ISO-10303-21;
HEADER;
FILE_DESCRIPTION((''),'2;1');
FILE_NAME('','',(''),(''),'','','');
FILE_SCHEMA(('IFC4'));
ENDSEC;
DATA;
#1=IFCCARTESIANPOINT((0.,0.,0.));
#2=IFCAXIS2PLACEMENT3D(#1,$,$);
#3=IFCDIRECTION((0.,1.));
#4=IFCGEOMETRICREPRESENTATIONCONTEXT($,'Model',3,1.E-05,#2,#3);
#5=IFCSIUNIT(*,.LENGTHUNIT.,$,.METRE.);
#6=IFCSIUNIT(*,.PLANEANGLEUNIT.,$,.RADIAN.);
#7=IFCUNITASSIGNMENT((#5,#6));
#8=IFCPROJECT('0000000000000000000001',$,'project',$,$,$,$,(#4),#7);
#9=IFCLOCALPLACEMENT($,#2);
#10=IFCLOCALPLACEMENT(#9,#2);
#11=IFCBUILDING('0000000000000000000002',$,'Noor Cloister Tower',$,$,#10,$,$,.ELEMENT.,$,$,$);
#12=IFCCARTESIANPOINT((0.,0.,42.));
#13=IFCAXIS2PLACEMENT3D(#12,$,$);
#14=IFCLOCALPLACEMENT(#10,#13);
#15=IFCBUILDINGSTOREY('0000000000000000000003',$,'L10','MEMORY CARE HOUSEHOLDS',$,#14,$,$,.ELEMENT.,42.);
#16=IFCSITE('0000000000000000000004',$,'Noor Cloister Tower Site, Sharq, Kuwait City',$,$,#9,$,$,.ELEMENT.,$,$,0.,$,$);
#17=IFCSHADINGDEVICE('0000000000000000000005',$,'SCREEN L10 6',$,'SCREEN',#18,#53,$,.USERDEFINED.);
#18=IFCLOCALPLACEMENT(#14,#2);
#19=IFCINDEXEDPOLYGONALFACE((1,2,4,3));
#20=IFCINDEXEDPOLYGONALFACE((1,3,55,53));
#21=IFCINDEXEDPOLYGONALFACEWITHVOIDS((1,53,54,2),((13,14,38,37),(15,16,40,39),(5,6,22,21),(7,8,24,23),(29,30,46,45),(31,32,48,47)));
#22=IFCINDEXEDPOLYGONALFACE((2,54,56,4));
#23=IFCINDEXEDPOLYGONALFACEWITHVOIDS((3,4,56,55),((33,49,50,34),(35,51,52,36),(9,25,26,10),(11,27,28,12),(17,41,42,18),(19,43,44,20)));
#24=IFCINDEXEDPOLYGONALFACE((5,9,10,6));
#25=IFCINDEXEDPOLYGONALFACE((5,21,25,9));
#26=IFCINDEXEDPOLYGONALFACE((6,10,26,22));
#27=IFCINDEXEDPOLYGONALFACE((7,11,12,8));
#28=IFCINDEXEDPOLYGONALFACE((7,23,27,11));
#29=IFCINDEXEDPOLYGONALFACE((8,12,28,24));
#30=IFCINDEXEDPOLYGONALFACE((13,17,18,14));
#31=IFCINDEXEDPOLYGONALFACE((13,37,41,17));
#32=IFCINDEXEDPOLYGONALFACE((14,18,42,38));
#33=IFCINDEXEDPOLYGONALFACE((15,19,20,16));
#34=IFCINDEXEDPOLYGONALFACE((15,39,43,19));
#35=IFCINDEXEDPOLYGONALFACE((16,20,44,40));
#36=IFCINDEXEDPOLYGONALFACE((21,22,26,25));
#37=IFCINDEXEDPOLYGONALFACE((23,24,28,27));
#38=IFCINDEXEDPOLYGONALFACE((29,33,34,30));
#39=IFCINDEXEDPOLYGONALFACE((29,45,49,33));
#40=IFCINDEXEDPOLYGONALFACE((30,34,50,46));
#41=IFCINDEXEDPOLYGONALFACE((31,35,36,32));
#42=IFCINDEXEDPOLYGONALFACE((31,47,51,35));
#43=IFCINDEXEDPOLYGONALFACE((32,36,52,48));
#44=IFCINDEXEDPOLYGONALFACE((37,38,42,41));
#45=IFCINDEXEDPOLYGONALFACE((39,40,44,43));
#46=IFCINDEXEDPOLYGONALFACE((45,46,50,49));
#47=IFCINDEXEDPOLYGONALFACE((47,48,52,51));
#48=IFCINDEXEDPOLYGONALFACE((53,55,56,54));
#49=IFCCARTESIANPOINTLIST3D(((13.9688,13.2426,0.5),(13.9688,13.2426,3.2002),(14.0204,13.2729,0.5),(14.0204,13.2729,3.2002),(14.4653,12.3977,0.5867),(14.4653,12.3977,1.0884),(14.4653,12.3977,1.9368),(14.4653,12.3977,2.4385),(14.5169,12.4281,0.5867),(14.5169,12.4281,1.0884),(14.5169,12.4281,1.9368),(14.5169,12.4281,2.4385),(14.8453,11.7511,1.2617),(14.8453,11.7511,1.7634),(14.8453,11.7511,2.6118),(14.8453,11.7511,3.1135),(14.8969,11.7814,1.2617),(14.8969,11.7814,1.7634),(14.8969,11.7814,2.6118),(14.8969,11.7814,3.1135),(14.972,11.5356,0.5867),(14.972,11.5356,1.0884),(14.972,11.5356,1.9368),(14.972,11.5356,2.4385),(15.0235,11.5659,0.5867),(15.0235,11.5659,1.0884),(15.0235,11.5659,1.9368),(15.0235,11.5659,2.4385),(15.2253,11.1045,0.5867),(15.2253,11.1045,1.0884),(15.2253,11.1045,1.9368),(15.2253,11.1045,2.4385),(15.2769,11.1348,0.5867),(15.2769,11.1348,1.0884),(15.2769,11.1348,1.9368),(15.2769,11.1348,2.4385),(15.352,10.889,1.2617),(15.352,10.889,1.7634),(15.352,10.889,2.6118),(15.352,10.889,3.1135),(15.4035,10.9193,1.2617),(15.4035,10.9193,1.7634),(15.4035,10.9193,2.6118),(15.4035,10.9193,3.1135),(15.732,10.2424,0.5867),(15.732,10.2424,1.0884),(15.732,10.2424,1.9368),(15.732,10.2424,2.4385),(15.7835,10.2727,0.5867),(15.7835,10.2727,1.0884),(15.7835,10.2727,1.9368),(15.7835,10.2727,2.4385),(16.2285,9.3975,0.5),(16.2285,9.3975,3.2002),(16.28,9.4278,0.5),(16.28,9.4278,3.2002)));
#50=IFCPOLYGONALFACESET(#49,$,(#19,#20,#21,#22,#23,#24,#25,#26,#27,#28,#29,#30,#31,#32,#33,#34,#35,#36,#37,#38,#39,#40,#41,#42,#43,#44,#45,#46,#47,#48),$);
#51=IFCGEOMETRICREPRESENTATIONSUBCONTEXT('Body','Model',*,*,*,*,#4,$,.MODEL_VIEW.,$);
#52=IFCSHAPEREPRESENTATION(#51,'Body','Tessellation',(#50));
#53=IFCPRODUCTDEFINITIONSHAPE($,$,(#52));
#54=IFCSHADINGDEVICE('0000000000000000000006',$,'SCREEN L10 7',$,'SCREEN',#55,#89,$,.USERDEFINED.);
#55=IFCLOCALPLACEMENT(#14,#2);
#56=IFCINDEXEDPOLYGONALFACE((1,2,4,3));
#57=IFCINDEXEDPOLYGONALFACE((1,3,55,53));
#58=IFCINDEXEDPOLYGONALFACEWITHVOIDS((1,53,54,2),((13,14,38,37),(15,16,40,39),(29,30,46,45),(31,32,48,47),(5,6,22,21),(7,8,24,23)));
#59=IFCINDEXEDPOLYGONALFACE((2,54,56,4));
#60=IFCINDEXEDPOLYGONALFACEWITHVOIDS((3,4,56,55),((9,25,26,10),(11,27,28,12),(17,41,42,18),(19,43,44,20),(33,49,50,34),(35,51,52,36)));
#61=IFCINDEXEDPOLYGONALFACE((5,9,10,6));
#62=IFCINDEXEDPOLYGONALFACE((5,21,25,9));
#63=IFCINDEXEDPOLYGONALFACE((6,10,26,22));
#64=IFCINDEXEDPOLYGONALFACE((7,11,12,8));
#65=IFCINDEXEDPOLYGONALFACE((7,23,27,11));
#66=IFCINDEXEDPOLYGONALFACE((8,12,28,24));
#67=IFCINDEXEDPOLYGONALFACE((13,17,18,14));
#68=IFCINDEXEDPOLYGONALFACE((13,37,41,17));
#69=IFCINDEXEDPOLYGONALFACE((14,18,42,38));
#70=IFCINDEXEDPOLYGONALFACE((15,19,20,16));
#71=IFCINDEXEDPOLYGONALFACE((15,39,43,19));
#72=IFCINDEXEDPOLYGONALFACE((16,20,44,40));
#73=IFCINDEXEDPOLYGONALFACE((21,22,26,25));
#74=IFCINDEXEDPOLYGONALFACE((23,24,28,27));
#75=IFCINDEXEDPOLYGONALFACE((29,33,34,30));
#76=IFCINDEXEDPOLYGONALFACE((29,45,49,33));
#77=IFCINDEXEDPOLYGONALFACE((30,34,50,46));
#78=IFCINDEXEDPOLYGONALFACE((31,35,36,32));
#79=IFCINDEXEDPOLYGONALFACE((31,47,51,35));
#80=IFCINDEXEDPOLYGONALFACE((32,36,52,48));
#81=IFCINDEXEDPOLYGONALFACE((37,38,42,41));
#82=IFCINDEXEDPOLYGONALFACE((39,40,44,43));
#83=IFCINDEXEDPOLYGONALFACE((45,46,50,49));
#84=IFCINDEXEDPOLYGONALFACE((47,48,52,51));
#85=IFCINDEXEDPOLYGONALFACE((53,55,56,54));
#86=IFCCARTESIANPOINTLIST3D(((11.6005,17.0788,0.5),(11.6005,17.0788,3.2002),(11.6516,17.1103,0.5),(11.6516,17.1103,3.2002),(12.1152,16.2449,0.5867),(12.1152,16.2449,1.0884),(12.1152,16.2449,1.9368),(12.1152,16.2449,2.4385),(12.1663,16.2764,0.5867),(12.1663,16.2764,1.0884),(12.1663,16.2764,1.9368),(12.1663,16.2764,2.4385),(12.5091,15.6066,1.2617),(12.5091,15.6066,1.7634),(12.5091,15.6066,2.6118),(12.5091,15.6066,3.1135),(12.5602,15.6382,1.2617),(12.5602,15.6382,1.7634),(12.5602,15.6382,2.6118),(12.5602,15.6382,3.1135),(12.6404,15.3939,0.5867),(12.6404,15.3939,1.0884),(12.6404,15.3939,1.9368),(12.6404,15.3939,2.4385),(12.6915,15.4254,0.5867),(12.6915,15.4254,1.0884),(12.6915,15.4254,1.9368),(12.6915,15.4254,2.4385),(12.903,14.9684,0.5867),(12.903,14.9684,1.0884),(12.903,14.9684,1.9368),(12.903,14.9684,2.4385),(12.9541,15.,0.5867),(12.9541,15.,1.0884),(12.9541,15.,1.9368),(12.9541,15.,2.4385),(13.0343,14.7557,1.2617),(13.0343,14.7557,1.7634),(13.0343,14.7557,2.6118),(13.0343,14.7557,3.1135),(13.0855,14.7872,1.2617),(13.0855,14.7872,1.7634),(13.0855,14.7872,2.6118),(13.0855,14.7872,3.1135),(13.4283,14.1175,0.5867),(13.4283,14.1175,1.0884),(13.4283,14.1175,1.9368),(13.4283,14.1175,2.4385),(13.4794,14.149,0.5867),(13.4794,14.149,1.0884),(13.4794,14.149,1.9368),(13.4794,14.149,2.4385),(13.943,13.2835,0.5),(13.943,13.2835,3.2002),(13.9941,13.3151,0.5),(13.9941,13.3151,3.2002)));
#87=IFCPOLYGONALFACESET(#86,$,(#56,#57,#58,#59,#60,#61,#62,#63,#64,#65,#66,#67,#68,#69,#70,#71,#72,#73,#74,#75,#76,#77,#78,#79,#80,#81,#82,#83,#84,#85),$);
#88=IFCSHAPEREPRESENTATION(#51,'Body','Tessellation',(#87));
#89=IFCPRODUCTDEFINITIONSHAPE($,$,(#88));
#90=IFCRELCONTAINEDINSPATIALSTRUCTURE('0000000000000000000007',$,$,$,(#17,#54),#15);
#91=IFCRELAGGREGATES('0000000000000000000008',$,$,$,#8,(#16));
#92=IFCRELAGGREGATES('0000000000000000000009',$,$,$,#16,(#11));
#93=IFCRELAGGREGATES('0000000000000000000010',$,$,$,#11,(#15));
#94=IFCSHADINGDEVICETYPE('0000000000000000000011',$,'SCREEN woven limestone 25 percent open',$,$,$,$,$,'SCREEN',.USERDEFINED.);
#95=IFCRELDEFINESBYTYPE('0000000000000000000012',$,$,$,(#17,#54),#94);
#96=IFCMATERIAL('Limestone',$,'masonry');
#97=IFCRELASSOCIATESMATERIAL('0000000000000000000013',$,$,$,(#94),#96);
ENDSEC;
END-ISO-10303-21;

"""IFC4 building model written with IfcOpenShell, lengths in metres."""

from ifc_helpers import new_model, si_unit, direction, frame, origin, place, context, subcontext, project, spatial, polyline, outline, extrude, material, material_profile, profile_set, type_object, element, save


model = new_model("IFC4")

# Units and contexts
model_context = context("Model", 3, precision=1e-05, world=origin(), true_north=direction((0.0, 1.0)))
body_context = subcontext(model_context, "Body", "Model", "MODEL_VIEW")
ifc_project = project(units=[si_unit("LENGTHUNIT", "METRE"), si_unit("PLANEANGLEUNIT", "RADIAN")], contexts=[model_context])

# Site, building, storey
site_placement = place(None, origin())
site = spatial("IfcSite", under=ifc_project, at=site_placement, Name="Noor Cloister Tower Site, Sharq, Kuwait City", CompositionType="ELEMENT", RefElevation=0.0)
building_placement = place(site_placement, origin())
building = spatial("IfcBuilding", under=site, at=building_placement, Name="Noor Cloister Tower", CompositionType="ELEMENT")
storey_placement = place(building_placement, frame((0.0, 0.0, 42.0)))
storey = spatial("IfcBuildingStorey", under=building, at=storey_placement, Name="L10", Description="MEMORY CARE HOUSEHOLDS", CompositionType="ELEMENT", Elevation=42.0)

# Shading devices
ifc_material_1 = material(Name="Limestone", Category="masonry")
ifc_material_profile_1 = material_profile(ifc_material_1, outline(polyline([(-2.23, -1.3501), (2.23, -1.3501), (2.23, 1.3501), (-2.23, 1.3501), (-2.23, -1.3501)]), holes=[polyline([(-1.25, -1.2634), (-0.25, -1.2634), (-0.25, -0.7617), (-1.25, -0.7617), (-1.25, -1.2634)]), polyline([(0.25, -1.2634), (1.25, -1.2634), (1.25, -0.7617), (0.25, -0.7617), (0.25, -1.2634)]), polyline([(-0.5, -0.5884), (0.5, -0.5884), (0.5, -0.0867), (-0.5, -0.0867), (-0.5, -0.5884)]), polyline([(-1.25, 0.0867), (-0.25, 0.0867), (-0.25, 0.5884), (-1.25, 0.5884), (-1.25, 0.0867)]), polyline([(0.25, 0.0867), (1.25, 0.0867), (1.25, 0.5884), (0.25, 0.5884), (0.25, 0.0867)]), polyline([(-0.5, 0.7617), (0.5, 0.7617), (0.5, 1.2634), (-0.5, 1.2634), (-0.5, 0.7617)])]), Name="Woven screen 25 percent open")
ifc_profile_set_1 = profile_set([ifc_material_profile_1], Name="Limestone")
shading_device_type = type_object("IfcShadingDeviceType", Name="SCREEN woven limestone 25 percent open", ElementType="SCREEN", PredefinedType="USERDEFINED", material=ifc_profile_set_1)
shading_device_1_placement = place(storey_placement, frame((15.0986, 11.3201, 1.8501), z_axis=(0.862144, 0.506663, 0.0), x_axis=(-0.506663, 0.862144, 0.0)))
element("IfcShadingDevice", 1, at=shading_device_1_placement, inside=storey, type_object=shading_device_type, Name="SCREEN L10 6", ObjectType="SCREEN", PredefinedType="USERDEFINED", context=body_context, shape_type="SweptSolid", body=[
    extrude(outline(polyline([(-2.23, -1.3501), (2.23, -1.3501), (2.23, 1.3501), (-2.23, 1.3501), (-2.23, -1.3501)]), holes=[polyline([(-1.25, -1.2634), (-0.25, -1.2634), (-0.25, -0.7617), (-1.25, -0.7617), (-1.25, -1.2634)]), polyline([(0.25, -1.2634), (1.25, -1.2634), (1.25, -0.7617), (0.25, -0.7617), (0.25, -1.2634)]), polyline([(-0.5, -0.5884), (0.5, -0.5884), (0.5, -0.0867), (-0.5, -0.0867), (-0.5, -0.5884)]), polyline([(-1.25, 0.0867), (-0.25, 0.0867), (-0.25, 0.5884), (-1.25, 0.5884), (-1.25, 0.0867)]), polyline([(0.25, 0.0867), (1.25, 0.0867), (1.25, 0.5884), (0.25, 0.5884), (0.25, 0.0867)]), polyline([(-0.5, 0.7617), (0.5, 0.7617), (0.5, 1.2634), (-0.5, 1.2634), (-0.5, 0.7617)])]), origin(), (0.0, 0.0, 1.0), 0.0598),
])
shading_device_2_placement = place(storey_placement, frame((12.7717, 15.1812, 1.8501), z_axis=(0.850959, 0.525233, 0.0), x_axis=(-0.525233, 0.850959, 0.0)))
element("IfcShadingDevice", 2, at=shading_device_2_placement, inside=storey, type_object=shading_device_type, Name="SCREEN L10 7", ObjectType="SCREEN", PredefinedType="USERDEFINED", context=body_context, shape_type="SweptSolid", body=[
    extrude(outline(polyline([(-2.23, -1.3501), (2.23, -1.3501), (2.23, 1.3501), (-2.23, 1.3501), (-2.23, -1.3501)]), holes=[polyline([(-1.25, -1.2634), (-0.25, -1.2634), (-0.25, -0.7617), (-1.25, -0.7617), (-1.25, -1.2634)]), polyline([(0.25, -1.2634), (1.25, -1.2634), (1.25, -0.7617), (0.25, -0.7617), (0.25, -1.2634)]), polyline([(-0.5, -0.5884), (0.5, -0.5884), (0.5, -0.0867), (-0.5, -0.0867), (-0.5, -0.5884)]), polyline([(-1.25, 0.0867), (-0.25, 0.0867), (-0.25, 0.5884), (-1.25, 0.5884), (-1.25, 0.0867)]), polyline([(0.25, 0.0867), (1.25, 0.0867), (1.25, 0.5884), (0.25, 0.5884), (0.25, 0.0867)]), polyline([(-0.5, 0.7617), (0.5, 0.7617), (0.5, 1.2634), (-0.5, 1.2634), (-0.5, 0.7617)])]), origin(), (0.0, 0.0, 1.0), 0.0601),
])

save(model, "model.ifc")
